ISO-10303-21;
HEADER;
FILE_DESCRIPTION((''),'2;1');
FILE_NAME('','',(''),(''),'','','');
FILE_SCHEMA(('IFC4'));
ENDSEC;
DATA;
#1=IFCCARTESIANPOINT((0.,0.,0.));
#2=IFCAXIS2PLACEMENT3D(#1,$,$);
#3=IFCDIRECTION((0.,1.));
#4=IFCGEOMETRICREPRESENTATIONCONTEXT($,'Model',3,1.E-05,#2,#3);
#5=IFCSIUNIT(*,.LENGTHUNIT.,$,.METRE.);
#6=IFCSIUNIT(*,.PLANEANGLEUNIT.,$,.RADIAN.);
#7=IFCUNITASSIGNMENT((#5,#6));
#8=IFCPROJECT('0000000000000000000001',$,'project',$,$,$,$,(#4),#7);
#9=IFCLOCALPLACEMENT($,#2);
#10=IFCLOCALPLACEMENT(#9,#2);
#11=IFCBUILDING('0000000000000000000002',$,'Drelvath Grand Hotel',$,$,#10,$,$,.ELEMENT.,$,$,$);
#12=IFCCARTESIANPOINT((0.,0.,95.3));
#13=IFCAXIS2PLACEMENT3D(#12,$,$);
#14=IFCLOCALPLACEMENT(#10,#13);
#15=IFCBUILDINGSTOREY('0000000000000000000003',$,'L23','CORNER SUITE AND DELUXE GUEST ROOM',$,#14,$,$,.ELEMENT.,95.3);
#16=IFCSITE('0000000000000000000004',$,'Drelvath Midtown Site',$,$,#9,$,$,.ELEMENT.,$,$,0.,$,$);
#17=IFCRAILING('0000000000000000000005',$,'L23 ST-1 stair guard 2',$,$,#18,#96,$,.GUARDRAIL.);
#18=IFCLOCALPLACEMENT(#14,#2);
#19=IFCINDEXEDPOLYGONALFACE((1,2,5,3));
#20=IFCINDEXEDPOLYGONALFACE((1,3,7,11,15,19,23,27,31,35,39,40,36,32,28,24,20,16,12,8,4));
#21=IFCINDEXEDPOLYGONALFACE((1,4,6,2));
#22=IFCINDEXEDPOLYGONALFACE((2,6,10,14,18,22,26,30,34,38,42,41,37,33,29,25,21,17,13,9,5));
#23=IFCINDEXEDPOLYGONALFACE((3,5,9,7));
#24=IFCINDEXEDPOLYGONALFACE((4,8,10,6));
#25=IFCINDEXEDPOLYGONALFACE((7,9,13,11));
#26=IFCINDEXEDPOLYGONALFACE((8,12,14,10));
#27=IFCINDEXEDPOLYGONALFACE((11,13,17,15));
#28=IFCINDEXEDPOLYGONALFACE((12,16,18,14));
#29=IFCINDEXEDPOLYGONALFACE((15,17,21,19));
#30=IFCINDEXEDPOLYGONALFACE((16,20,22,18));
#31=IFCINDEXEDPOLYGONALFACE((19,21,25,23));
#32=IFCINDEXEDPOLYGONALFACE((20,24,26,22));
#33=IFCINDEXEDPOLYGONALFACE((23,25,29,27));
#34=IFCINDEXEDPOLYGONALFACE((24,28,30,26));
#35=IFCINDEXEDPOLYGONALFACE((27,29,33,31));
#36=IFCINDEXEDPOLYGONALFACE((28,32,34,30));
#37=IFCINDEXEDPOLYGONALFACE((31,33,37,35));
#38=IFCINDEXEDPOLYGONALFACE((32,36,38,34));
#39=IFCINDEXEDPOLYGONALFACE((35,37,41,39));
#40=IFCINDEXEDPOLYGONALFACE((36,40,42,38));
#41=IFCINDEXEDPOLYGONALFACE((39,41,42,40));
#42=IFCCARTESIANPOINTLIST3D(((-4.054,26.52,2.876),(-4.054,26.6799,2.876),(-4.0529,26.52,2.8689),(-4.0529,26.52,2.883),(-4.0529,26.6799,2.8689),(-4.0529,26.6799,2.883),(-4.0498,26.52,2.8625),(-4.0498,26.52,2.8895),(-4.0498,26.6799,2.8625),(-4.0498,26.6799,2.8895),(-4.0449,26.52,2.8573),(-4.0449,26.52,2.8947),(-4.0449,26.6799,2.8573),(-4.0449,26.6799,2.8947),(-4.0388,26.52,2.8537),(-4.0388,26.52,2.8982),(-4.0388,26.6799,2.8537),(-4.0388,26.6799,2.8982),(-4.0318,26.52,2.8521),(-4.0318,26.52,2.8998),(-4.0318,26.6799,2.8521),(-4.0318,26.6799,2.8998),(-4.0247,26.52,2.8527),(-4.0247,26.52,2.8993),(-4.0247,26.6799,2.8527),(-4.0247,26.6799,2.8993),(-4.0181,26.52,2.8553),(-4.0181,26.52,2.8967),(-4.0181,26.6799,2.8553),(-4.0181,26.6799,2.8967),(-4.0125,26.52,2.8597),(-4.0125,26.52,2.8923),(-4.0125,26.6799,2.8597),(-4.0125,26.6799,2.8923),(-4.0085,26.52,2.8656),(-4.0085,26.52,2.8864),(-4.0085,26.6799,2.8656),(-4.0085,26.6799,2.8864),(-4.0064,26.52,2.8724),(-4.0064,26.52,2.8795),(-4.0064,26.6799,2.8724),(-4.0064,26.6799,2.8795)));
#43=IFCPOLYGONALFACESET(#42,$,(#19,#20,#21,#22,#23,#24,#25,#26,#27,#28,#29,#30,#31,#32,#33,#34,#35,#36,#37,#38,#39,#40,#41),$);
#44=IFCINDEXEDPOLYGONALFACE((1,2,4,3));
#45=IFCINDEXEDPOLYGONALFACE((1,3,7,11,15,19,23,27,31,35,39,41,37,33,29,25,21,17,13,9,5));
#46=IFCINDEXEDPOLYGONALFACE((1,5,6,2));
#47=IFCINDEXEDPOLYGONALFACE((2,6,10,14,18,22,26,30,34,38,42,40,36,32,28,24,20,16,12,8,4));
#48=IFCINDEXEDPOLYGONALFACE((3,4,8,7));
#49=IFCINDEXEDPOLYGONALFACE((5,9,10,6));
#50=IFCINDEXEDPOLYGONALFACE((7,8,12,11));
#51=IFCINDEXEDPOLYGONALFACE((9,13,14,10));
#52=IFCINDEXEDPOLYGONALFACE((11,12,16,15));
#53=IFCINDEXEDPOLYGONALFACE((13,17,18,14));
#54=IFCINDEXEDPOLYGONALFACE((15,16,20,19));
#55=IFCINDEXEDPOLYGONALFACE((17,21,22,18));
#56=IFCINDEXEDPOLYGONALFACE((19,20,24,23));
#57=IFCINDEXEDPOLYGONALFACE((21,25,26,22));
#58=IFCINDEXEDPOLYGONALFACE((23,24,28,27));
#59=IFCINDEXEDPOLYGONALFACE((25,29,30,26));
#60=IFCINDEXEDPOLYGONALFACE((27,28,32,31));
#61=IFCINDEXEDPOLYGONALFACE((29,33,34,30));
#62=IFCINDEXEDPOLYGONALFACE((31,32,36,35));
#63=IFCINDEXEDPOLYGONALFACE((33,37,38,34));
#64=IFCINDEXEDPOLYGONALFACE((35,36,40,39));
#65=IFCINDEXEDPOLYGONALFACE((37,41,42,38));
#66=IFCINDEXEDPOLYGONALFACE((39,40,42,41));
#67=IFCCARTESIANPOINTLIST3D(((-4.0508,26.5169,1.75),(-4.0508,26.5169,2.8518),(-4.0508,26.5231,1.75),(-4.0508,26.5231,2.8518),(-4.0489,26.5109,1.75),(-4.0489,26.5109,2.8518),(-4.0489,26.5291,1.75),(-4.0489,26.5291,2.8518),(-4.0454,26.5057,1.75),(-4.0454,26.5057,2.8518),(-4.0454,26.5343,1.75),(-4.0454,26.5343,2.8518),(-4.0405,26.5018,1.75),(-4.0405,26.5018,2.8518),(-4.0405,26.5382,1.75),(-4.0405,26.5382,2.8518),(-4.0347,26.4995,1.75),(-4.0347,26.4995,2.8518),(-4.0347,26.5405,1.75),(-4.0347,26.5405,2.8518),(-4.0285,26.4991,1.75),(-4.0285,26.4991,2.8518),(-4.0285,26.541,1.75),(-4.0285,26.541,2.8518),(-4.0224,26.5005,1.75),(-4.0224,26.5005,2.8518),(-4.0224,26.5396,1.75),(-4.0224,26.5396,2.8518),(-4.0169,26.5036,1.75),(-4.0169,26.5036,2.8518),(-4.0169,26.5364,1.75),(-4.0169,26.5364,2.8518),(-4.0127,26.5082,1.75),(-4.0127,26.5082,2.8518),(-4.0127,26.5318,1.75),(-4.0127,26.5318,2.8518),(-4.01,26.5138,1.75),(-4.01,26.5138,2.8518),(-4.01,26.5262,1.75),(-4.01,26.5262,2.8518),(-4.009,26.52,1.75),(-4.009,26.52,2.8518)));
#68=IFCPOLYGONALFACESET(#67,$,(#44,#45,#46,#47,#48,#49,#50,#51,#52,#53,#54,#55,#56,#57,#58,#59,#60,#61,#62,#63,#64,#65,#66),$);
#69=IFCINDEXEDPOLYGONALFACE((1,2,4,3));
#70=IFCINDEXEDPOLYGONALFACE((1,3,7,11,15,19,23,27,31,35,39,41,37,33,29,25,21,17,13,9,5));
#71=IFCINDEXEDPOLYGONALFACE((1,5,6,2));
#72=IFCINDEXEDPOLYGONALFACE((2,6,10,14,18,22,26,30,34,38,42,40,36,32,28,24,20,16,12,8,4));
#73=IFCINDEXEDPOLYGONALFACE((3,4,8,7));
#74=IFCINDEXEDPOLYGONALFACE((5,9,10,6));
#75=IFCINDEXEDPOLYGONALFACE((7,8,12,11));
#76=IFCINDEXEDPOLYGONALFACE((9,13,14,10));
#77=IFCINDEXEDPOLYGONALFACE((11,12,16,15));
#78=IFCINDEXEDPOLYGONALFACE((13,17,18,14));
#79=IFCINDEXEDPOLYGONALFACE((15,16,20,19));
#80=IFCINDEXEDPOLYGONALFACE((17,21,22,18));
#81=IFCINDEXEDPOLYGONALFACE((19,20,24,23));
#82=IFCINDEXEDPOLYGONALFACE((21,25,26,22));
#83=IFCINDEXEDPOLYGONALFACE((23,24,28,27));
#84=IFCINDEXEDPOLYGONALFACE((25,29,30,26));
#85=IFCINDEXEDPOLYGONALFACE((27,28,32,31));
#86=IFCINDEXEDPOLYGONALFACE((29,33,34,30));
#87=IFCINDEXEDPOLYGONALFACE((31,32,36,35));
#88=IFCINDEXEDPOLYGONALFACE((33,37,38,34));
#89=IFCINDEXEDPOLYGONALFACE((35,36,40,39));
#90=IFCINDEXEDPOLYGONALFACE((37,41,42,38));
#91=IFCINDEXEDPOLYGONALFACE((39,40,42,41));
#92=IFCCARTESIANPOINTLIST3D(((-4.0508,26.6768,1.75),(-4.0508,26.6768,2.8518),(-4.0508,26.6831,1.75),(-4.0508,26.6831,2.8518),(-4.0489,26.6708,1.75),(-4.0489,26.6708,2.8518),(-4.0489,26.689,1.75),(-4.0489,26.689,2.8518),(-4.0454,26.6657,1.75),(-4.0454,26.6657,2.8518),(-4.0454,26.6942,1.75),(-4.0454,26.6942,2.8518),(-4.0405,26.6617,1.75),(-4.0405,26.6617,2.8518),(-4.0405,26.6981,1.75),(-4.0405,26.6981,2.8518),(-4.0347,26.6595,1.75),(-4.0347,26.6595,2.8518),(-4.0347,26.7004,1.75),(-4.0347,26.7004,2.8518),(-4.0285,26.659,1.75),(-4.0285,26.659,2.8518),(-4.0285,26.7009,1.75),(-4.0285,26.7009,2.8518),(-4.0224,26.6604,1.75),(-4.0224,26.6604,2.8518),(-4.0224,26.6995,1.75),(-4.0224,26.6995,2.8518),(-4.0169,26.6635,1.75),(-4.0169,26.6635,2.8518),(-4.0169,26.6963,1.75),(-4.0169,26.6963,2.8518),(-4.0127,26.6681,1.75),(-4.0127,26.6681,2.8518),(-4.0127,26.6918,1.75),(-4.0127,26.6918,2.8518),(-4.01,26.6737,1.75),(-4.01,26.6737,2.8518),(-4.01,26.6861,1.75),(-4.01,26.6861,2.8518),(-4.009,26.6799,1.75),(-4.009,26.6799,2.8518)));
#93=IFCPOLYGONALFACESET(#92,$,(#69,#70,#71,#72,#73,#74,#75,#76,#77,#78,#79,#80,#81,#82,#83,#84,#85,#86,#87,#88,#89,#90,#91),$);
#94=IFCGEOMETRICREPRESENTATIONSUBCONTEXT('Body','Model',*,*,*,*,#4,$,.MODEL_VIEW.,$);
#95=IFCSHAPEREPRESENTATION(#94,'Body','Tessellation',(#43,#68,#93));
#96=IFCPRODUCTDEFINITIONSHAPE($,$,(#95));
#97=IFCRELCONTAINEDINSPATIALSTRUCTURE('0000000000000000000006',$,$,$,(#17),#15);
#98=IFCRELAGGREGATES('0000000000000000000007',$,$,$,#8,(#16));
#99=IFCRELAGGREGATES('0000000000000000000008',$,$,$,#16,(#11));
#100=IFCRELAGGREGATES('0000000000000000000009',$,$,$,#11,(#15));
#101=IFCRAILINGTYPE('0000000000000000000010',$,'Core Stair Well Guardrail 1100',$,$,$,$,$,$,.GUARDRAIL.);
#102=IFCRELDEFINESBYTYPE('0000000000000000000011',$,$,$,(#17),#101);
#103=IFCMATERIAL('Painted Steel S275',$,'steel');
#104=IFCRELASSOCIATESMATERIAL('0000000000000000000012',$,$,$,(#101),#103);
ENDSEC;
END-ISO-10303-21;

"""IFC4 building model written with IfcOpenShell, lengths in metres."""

from ifc_helpers import new_model, si_unit, direction, frame, origin, origin_2d, place, context, subcontext, project, spatial, circle, extrude, material, type_object, element, save


model = new_model("IFC4")

# Units and contexts
model_context = context("Model", 3, precision=1e-05, world=origin(), true_north=direction((0.0, 1.0)))
body_context = subcontext(model_context, "Body", "Model", "MODEL_VIEW")
ifc_project = project(units=[si_unit("LENGTHUNIT", "METRE"), si_unit("PLANEANGLEUNIT", "RADIAN")], contexts=[model_context])

# Site, building, storey
site_placement = place(None, origin())
site = spatial("IfcSite", under=ifc_project, at=site_placement, Name="Drelvath Midtown Site", CompositionType="ELEMENT", RefElevation=0.0)
building_placement = place(site_placement, origin())
building = spatial("IfcBuilding", under=site, at=building_placement, Name="Drelvath Grand Hotel", CompositionType="ELEMENT")
storey_placement = place(building_placement, frame((0.0, 0.0, 95.3)))
storey = spatial("IfcBuildingStorey", under=building, at=storey_placement, Name="L23", Description="CORNER SUITE AND DELUXE GUEST ROOM", CompositionType="ELEMENT", Elevation=95.3)

# Shared definitions
ifc_material_1 = material(Name="Painted Steel S275", Category="steel")

# Railing
railing_type_1 = type_object("IfcRailingType", Name="Core Stair Well Guardrail 1100", PredefinedType="GUARDRAIL", material=ifc_material_1)
railing_1_placement = place(storey_placement, frame((-4.03, 26.52, 1.75)))
element("IfcRailing", 1, at=railing_1_placement, inside=storey, type_object=railing_type_1, Name="L23 ST-1 stair guard 2", PredefinedType="GUARDRAIL", context=body_context, shape_type="SweptSolid", body=[
    extrude(circle(Radius=0.0239, at=origin_2d()), frame((0.0, 0.0, 1.126), z_axis=(0.0, 1.0, 0.0), x_axis=(-1.0, 0.0, 0.0)), (0.0, 0.0, 1.0), 0.1599),
    extrude(circle(Radius=0.021, at=origin_2d()), origin(), (0.0, 0.0, 1.0), 1.1018),
    extrude(circle(Radius=0.021, at=origin_2d()), frame((0.0, 0.1599, 0.0)), (0.0, 0.0, 1.0), 1.1018),
])

save(model, "model.ifc")
